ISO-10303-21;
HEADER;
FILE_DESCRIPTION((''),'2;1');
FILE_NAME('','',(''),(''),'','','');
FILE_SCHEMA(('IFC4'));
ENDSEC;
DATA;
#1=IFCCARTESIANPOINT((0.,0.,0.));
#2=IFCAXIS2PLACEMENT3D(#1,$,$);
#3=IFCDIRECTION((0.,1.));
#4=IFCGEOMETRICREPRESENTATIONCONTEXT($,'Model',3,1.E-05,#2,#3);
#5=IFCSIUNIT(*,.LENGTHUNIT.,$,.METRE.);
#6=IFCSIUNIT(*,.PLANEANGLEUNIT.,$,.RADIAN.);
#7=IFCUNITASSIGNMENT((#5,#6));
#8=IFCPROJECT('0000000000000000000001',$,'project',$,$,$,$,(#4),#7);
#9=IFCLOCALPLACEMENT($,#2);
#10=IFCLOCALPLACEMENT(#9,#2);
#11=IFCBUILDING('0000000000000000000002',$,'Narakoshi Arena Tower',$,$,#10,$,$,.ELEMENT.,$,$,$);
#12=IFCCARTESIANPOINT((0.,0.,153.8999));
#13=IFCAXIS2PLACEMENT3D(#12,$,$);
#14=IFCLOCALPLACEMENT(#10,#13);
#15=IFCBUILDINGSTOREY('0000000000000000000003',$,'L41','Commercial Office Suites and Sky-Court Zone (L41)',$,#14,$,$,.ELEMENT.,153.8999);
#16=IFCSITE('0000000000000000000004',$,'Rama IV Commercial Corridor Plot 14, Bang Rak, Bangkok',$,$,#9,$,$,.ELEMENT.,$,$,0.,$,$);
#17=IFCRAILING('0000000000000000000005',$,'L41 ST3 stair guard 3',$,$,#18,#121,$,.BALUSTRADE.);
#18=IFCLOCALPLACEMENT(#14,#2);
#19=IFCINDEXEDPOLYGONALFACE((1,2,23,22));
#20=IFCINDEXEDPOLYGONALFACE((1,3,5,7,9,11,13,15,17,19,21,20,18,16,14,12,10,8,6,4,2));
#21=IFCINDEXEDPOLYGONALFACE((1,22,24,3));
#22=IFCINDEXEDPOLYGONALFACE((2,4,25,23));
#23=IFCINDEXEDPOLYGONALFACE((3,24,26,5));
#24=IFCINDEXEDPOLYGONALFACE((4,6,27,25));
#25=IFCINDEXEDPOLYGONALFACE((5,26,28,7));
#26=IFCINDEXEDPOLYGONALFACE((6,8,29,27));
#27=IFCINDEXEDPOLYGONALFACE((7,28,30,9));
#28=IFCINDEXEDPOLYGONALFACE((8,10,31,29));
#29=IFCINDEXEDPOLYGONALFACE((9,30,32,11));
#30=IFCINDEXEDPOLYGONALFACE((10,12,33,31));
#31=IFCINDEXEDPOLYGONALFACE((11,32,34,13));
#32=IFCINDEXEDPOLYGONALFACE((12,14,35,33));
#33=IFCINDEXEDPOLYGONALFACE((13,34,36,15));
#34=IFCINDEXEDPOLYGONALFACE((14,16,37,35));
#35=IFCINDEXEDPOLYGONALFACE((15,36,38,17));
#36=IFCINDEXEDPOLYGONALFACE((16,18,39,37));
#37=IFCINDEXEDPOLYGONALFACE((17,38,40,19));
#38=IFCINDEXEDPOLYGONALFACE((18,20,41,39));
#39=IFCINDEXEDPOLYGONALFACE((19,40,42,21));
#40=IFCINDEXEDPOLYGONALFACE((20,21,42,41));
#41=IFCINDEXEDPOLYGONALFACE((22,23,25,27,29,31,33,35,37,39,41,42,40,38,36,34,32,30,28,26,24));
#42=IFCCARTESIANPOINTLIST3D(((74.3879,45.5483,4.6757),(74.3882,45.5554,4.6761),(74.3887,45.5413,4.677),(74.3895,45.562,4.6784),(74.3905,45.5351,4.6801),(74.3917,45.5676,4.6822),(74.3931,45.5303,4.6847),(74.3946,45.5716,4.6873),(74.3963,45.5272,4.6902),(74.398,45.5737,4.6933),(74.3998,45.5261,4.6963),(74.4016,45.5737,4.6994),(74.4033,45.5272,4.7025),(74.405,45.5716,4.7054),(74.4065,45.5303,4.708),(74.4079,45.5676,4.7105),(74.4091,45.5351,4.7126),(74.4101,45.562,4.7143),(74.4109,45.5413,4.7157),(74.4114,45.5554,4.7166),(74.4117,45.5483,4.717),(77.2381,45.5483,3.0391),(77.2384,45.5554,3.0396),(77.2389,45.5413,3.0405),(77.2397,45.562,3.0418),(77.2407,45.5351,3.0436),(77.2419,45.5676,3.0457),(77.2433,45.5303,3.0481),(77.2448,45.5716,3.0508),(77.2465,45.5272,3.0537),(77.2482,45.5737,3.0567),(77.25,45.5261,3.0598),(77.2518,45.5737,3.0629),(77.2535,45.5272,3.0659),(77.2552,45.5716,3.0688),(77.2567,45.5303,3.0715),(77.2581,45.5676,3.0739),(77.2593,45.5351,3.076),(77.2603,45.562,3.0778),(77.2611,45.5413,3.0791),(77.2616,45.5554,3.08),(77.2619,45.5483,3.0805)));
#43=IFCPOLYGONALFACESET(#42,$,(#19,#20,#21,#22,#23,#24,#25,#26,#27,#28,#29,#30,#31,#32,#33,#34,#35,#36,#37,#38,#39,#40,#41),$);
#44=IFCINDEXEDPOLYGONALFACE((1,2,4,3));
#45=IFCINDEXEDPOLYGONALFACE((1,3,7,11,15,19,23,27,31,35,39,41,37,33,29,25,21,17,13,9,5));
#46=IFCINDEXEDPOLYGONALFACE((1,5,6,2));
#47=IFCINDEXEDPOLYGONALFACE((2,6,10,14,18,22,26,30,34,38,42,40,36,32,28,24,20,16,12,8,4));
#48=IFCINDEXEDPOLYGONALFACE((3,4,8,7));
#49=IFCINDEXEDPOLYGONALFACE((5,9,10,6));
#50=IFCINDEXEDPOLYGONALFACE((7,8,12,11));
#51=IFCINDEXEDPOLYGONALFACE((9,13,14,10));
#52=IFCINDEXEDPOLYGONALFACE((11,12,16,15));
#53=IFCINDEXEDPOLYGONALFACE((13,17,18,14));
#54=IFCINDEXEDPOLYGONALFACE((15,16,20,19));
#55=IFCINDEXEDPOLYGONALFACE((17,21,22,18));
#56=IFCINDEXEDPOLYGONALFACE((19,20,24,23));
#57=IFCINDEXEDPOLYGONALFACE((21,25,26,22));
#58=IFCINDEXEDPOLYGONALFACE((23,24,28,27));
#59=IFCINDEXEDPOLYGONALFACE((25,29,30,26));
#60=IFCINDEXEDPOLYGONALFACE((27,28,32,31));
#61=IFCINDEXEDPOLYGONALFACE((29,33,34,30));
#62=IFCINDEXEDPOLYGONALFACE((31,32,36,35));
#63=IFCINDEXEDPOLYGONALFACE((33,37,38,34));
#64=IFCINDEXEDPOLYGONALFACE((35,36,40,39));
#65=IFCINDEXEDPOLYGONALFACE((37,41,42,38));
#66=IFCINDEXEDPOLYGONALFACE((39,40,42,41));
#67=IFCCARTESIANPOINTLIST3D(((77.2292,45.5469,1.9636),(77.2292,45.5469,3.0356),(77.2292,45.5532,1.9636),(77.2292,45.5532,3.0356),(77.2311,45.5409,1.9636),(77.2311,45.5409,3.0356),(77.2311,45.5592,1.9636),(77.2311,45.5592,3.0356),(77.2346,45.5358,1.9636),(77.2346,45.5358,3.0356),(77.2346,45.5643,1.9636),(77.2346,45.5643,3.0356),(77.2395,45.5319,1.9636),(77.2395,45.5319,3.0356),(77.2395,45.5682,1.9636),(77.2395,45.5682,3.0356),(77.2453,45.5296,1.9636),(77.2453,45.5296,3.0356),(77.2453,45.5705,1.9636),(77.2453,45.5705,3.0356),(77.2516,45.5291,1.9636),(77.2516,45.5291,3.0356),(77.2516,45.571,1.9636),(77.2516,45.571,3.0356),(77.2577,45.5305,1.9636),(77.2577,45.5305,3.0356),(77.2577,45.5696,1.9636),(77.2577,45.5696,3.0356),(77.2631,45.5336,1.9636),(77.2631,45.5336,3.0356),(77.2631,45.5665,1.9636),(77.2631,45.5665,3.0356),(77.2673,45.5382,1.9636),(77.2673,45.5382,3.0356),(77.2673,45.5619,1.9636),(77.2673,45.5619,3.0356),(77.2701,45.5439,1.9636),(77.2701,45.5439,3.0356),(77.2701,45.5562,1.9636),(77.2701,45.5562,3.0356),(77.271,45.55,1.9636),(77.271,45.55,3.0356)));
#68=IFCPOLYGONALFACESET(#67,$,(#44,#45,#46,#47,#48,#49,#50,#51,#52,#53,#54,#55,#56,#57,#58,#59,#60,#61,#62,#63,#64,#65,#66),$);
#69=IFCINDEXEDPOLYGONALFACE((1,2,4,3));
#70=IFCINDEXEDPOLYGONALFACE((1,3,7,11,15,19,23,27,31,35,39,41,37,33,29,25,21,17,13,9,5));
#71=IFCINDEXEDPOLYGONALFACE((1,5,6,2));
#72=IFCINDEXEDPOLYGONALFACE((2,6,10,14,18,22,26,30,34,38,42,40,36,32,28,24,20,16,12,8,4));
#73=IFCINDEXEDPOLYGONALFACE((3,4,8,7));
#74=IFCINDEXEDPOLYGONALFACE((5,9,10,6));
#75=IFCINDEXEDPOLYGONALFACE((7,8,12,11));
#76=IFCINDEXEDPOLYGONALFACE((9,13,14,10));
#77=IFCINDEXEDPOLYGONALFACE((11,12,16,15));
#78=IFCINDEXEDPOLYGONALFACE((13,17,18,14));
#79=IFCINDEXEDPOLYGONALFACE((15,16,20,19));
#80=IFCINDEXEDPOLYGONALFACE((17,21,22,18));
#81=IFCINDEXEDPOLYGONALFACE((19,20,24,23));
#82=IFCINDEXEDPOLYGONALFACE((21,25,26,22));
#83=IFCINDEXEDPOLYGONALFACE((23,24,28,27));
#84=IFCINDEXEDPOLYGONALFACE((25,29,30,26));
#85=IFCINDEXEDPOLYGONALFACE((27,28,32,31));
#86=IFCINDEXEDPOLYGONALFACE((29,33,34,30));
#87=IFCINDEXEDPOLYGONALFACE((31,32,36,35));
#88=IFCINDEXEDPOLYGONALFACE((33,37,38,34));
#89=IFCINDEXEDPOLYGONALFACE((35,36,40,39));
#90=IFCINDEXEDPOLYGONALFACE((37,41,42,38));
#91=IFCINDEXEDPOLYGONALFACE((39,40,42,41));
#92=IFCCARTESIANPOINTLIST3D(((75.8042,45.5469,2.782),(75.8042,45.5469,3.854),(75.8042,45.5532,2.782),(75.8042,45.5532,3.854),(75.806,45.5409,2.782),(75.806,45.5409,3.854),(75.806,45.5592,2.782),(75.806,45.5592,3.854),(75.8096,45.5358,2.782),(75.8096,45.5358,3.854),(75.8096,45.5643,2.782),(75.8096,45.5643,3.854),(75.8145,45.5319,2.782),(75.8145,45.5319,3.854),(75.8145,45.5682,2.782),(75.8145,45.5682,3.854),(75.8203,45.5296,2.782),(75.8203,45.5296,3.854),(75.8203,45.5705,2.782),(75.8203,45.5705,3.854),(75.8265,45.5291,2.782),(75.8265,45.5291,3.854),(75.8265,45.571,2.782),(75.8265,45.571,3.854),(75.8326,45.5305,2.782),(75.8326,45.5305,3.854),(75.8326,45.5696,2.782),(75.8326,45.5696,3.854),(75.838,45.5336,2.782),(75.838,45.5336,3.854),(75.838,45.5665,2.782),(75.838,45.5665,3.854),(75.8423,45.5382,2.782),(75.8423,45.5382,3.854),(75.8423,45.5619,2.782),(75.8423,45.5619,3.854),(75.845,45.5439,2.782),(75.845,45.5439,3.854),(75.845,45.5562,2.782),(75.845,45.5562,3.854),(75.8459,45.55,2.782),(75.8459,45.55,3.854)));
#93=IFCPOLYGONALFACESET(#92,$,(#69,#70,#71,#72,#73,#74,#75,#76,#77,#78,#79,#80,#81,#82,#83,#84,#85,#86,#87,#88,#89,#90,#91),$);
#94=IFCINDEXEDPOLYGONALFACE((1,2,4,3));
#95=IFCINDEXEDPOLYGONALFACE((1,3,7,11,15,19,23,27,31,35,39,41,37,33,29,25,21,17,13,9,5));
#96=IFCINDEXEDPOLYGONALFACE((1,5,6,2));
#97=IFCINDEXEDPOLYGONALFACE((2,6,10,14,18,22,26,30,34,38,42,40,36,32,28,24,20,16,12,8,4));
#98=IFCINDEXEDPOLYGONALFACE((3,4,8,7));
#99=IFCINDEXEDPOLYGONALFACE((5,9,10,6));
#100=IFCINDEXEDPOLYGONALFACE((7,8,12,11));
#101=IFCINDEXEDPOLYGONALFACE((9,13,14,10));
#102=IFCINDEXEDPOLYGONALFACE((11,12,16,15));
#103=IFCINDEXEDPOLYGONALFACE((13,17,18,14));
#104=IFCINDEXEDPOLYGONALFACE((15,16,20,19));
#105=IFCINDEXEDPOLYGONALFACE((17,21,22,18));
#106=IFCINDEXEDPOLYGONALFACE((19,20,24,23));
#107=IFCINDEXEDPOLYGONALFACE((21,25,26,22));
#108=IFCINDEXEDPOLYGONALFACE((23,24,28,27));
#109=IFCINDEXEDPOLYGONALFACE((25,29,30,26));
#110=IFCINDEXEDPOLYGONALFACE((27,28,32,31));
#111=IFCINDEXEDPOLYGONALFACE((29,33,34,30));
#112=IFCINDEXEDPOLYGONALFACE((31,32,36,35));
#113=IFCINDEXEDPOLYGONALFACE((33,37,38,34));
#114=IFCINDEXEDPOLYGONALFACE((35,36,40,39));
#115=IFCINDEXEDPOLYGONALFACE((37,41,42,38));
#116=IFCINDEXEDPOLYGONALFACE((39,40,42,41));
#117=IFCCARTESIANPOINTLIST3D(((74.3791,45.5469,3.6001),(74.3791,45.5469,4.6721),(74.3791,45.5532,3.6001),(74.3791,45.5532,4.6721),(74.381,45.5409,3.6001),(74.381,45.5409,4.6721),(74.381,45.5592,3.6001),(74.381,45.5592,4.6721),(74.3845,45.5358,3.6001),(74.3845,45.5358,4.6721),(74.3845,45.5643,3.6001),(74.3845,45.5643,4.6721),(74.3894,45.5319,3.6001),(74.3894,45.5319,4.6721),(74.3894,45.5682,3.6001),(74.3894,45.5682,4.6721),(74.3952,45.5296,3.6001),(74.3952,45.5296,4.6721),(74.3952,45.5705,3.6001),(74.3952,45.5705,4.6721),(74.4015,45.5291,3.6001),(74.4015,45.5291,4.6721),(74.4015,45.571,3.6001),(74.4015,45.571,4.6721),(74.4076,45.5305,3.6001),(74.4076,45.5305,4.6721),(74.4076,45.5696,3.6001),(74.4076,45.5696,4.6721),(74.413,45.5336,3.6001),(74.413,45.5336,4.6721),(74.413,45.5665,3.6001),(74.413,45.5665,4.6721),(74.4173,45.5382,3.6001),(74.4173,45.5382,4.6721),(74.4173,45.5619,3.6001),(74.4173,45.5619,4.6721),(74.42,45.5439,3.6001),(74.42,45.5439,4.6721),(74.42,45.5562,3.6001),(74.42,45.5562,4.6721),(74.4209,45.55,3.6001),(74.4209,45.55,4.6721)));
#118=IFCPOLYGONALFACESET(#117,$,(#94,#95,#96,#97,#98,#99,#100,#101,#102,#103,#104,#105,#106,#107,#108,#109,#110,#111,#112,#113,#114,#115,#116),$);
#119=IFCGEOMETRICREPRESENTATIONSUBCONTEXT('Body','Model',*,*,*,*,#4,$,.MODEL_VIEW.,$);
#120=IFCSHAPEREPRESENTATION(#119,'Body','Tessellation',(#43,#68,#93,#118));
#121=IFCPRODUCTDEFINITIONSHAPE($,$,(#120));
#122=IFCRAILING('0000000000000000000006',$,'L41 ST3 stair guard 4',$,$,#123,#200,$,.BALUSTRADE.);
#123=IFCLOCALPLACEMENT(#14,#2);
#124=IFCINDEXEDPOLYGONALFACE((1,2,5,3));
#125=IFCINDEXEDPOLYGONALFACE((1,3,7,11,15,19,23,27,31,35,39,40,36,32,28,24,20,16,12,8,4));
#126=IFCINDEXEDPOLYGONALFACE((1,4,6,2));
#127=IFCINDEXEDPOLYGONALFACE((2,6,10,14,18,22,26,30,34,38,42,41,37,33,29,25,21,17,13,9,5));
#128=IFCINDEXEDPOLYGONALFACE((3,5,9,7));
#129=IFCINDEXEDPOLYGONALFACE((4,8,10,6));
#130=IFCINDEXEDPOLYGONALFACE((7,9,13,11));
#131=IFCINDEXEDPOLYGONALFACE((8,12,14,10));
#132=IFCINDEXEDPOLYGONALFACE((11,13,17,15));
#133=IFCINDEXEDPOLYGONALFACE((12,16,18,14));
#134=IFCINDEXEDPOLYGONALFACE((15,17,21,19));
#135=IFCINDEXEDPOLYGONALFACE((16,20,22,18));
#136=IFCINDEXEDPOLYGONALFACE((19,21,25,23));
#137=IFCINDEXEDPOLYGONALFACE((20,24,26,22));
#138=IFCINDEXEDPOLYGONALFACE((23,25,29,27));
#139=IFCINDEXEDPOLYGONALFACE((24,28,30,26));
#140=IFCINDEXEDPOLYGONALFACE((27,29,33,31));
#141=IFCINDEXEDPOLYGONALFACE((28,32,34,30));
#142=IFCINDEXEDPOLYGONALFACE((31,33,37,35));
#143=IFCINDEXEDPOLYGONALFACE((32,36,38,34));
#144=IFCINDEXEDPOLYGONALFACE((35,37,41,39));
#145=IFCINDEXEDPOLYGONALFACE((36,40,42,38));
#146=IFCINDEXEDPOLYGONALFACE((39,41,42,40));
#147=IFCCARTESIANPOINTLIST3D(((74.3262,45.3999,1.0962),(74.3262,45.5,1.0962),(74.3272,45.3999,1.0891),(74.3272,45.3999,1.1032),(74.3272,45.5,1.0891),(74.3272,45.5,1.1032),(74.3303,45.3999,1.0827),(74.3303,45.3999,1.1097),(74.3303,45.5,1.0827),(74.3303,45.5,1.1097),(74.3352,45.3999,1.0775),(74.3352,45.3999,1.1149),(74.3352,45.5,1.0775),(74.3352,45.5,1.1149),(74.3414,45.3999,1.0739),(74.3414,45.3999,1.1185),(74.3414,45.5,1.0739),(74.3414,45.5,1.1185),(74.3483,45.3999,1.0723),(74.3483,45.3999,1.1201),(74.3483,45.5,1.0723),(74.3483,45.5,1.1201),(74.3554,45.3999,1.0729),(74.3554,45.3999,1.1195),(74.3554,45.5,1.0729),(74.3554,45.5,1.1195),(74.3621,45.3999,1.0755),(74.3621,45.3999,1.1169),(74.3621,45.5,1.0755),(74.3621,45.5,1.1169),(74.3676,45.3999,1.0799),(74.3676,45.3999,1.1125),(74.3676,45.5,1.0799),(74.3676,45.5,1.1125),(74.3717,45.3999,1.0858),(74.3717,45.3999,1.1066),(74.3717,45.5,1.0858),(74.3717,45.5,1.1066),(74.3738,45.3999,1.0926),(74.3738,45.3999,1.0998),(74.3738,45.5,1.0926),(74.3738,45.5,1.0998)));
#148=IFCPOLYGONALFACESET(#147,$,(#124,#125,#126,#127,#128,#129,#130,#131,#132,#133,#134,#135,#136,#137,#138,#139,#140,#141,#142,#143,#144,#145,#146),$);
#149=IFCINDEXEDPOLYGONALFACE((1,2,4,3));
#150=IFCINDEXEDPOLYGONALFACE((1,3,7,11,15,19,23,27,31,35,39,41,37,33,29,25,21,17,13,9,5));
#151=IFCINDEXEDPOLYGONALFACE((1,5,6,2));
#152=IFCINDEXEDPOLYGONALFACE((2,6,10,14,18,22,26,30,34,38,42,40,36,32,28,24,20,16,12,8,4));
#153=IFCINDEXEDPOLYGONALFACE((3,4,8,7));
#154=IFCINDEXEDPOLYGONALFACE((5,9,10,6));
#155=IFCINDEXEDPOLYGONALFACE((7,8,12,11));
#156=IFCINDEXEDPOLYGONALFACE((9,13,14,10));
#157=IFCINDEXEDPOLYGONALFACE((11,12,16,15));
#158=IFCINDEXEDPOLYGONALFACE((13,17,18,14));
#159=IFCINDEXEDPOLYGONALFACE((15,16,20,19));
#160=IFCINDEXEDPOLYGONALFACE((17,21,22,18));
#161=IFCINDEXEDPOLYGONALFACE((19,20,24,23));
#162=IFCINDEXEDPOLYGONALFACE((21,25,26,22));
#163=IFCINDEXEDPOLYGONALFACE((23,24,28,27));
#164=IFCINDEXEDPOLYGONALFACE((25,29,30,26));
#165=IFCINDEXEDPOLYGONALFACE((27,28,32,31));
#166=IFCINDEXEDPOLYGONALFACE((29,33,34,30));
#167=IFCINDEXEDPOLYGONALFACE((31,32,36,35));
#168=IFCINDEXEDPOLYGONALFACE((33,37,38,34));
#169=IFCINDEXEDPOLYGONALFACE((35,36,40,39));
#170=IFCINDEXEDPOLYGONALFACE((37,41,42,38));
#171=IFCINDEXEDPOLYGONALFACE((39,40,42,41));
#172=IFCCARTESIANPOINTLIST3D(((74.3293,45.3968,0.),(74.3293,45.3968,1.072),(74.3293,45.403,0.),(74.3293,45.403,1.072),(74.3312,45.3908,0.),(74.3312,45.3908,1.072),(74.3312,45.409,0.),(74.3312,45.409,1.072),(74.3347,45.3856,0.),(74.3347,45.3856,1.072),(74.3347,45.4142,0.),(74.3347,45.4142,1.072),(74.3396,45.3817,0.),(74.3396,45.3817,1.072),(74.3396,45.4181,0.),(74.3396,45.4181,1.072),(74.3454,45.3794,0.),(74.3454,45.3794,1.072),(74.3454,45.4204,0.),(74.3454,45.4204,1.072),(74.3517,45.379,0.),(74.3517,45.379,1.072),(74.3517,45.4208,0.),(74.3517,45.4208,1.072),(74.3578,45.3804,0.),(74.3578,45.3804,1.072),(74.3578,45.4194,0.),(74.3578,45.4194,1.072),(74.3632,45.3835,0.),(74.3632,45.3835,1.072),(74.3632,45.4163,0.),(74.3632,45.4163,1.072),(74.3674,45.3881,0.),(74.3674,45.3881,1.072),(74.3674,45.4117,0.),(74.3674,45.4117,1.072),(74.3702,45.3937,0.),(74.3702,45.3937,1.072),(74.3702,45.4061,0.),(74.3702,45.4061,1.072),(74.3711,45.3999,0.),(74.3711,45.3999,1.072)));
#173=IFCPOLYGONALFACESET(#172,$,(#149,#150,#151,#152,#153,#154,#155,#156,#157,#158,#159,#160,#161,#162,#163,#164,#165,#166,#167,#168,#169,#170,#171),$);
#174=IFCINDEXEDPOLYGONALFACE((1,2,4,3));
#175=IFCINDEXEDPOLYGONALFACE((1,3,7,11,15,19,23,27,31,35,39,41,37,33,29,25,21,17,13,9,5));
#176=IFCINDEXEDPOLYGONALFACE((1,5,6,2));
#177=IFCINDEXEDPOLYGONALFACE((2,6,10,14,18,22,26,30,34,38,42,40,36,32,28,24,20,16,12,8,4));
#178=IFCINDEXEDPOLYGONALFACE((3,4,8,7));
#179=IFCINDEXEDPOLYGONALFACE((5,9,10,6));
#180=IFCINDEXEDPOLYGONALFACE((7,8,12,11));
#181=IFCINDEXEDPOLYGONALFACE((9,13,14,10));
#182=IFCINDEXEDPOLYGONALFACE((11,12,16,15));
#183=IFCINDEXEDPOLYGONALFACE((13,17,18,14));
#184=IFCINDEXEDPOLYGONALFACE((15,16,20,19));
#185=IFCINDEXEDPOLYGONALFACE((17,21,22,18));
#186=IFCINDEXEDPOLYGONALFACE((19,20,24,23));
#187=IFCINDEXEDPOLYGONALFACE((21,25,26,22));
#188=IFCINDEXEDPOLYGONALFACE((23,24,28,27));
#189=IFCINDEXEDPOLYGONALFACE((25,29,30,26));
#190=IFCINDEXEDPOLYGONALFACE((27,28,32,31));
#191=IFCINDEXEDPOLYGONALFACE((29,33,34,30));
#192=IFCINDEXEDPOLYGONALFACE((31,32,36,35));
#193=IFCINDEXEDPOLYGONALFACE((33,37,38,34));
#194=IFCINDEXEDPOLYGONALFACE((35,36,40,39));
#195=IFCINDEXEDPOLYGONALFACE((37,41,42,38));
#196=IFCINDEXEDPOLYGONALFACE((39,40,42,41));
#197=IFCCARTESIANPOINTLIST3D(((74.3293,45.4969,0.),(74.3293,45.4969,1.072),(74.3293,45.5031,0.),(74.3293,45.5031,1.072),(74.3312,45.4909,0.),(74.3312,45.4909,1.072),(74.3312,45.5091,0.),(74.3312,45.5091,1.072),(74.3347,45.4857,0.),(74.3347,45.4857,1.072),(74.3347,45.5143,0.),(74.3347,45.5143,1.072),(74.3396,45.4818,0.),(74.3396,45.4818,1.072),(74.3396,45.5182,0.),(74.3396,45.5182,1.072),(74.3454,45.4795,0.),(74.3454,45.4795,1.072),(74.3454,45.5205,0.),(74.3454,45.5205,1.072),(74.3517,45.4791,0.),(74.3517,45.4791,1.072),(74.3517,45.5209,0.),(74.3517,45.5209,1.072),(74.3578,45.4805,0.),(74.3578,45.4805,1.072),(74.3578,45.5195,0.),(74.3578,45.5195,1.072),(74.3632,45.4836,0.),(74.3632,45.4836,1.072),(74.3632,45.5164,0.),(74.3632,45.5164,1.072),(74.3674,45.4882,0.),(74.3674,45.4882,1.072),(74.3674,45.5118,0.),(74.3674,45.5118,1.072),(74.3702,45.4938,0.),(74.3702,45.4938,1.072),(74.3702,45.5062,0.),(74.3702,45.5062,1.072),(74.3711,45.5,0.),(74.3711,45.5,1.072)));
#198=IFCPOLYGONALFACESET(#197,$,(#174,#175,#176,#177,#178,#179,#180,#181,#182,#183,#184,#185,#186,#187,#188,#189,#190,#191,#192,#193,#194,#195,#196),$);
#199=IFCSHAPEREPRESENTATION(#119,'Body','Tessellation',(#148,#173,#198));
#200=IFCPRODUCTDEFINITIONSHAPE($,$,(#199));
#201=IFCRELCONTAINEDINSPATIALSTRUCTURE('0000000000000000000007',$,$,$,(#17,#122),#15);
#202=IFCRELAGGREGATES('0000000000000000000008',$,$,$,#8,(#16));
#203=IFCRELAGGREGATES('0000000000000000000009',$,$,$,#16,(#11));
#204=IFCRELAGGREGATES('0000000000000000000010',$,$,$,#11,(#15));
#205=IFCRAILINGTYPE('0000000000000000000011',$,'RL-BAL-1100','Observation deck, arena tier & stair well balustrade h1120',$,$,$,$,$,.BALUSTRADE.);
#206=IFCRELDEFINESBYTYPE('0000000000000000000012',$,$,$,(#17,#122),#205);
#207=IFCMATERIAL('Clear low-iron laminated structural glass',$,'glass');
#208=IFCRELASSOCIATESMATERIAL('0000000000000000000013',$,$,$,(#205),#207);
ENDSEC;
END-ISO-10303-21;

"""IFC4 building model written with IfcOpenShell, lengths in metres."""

from ifc_helpers import new_model, si_unit, direction, frame, origin, origin_2d, place, context, subcontext, project, spatial, circle, extrude, material, type_object, element, save


model = new_model("IFC4")

# Units and contexts
model_context = context("Model", 3, precision=1e-05, world=origin(), true_north=direction((0.0, 1.0)))
body_context = subcontext(model_context, "Body", "Model", "MODEL_VIEW")
ifc_project = project(units=[si_unit("LENGTHUNIT", "METRE"), si_unit("PLANEANGLEUNIT", "RADIAN")], contexts=[model_context])

# Site, building, storey
site_placement = place(None, origin())
site = spatial("IfcSite", under=ifc_project, at=site_placement, Name="Rama IV Commercial Corridor Plot 14, Bang Rak, Bangkok", CompositionType="ELEMENT", RefElevation=0.0)
building_placement = place(site_placement, origin())
building = spatial("IfcBuilding", under=site, at=building_placement, Name="Narakoshi Arena Tower", CompositionType="ELEMENT")
storey_placement = place(building_placement, frame((0.0, 0.0, 153.8999)))
storey = spatial("IfcBuildingStorey", under=building, at=storey_placement, Name="L41", Description="Commercial Office Suites and Sky-Court Zone (L41)", CompositionType="ELEMENT", Elevation=153.8999)

# Railings
ifc_material_1 = material(Name="Clear low-iron laminated structural glass", Category="glass")
railing_type_1 = type_object("IfcRailingType", Name="RL-BAL-1100", Description="Observation deck, arena tier & stair well balustrade h1120", PredefinedType="BALUSTRADE", material=ifc_material_1)
railing_1_placement = place(storey_placement, frame((77.25, 45.55, 1.9636)))
element("IfcRailing", 1, at=railing_1_placement, inside=storey, type_object=railing_type_1, Name="L41 ST3 stair guard 3", PredefinedType="BALUSTRADE", context=body_context, shape_type="SweptSolid", body=[
    extrude(circle(Radius=0.0239, at=origin_2d()), frame((0.0, 0.0, 1.0962), z_axis=(-0.867213, 0.0, 0.497938), x_axis=(0.0, -1.0, 0.0)), (0.0, 0.0, 1.0), 3.2866),
    extrude(circle(Radius=0.021, at=origin_2d()), origin(), (0.0, 0.0, 1.0), 1.072),
    extrude(circle(Radius=0.021, at=origin_2d()), frame((-1.425, 0.0, 0.8184)), (0.0, 0.0, 1.0), 1.072),
    extrude(circle(Radius=0.021, at=origin_2d()), frame((-2.8501, 0.0, 1.6365)), (0.0, 0.0, 1.0), 1.072),
])
railing_2_placement = place(storey_placement, frame((74.3501, 45.3999, 0.0)))
element("IfcRailing", 2, at=railing_2_placement, inside=storey, type_object=railing_type_1, Name="L41 ST3 stair guard 4", PredefinedType="BALUSTRADE", context=body_context, shape_type="SweptSolid", body=[
    extrude(circle(Radius=0.0239, at=origin_2d()), frame((0.0, 0.0, 1.0962), z_axis=(0.0, 1.0, 0.0), x_axis=(-1.0, 0.0, 0.0)), (0.0, 0.0, 1.0), 0.1001),
    extrude(circle(Radius=0.021, at=origin_2d()), origin(), (0.0, 0.0, 1.0), 1.072),
    extrude(circle(Radius=0.021, at=origin_2d()), frame((0.0, 0.1001, 0.0)), (0.0, 0.0, 1.0), 1.072),
])

save(model, "model.ifc")
